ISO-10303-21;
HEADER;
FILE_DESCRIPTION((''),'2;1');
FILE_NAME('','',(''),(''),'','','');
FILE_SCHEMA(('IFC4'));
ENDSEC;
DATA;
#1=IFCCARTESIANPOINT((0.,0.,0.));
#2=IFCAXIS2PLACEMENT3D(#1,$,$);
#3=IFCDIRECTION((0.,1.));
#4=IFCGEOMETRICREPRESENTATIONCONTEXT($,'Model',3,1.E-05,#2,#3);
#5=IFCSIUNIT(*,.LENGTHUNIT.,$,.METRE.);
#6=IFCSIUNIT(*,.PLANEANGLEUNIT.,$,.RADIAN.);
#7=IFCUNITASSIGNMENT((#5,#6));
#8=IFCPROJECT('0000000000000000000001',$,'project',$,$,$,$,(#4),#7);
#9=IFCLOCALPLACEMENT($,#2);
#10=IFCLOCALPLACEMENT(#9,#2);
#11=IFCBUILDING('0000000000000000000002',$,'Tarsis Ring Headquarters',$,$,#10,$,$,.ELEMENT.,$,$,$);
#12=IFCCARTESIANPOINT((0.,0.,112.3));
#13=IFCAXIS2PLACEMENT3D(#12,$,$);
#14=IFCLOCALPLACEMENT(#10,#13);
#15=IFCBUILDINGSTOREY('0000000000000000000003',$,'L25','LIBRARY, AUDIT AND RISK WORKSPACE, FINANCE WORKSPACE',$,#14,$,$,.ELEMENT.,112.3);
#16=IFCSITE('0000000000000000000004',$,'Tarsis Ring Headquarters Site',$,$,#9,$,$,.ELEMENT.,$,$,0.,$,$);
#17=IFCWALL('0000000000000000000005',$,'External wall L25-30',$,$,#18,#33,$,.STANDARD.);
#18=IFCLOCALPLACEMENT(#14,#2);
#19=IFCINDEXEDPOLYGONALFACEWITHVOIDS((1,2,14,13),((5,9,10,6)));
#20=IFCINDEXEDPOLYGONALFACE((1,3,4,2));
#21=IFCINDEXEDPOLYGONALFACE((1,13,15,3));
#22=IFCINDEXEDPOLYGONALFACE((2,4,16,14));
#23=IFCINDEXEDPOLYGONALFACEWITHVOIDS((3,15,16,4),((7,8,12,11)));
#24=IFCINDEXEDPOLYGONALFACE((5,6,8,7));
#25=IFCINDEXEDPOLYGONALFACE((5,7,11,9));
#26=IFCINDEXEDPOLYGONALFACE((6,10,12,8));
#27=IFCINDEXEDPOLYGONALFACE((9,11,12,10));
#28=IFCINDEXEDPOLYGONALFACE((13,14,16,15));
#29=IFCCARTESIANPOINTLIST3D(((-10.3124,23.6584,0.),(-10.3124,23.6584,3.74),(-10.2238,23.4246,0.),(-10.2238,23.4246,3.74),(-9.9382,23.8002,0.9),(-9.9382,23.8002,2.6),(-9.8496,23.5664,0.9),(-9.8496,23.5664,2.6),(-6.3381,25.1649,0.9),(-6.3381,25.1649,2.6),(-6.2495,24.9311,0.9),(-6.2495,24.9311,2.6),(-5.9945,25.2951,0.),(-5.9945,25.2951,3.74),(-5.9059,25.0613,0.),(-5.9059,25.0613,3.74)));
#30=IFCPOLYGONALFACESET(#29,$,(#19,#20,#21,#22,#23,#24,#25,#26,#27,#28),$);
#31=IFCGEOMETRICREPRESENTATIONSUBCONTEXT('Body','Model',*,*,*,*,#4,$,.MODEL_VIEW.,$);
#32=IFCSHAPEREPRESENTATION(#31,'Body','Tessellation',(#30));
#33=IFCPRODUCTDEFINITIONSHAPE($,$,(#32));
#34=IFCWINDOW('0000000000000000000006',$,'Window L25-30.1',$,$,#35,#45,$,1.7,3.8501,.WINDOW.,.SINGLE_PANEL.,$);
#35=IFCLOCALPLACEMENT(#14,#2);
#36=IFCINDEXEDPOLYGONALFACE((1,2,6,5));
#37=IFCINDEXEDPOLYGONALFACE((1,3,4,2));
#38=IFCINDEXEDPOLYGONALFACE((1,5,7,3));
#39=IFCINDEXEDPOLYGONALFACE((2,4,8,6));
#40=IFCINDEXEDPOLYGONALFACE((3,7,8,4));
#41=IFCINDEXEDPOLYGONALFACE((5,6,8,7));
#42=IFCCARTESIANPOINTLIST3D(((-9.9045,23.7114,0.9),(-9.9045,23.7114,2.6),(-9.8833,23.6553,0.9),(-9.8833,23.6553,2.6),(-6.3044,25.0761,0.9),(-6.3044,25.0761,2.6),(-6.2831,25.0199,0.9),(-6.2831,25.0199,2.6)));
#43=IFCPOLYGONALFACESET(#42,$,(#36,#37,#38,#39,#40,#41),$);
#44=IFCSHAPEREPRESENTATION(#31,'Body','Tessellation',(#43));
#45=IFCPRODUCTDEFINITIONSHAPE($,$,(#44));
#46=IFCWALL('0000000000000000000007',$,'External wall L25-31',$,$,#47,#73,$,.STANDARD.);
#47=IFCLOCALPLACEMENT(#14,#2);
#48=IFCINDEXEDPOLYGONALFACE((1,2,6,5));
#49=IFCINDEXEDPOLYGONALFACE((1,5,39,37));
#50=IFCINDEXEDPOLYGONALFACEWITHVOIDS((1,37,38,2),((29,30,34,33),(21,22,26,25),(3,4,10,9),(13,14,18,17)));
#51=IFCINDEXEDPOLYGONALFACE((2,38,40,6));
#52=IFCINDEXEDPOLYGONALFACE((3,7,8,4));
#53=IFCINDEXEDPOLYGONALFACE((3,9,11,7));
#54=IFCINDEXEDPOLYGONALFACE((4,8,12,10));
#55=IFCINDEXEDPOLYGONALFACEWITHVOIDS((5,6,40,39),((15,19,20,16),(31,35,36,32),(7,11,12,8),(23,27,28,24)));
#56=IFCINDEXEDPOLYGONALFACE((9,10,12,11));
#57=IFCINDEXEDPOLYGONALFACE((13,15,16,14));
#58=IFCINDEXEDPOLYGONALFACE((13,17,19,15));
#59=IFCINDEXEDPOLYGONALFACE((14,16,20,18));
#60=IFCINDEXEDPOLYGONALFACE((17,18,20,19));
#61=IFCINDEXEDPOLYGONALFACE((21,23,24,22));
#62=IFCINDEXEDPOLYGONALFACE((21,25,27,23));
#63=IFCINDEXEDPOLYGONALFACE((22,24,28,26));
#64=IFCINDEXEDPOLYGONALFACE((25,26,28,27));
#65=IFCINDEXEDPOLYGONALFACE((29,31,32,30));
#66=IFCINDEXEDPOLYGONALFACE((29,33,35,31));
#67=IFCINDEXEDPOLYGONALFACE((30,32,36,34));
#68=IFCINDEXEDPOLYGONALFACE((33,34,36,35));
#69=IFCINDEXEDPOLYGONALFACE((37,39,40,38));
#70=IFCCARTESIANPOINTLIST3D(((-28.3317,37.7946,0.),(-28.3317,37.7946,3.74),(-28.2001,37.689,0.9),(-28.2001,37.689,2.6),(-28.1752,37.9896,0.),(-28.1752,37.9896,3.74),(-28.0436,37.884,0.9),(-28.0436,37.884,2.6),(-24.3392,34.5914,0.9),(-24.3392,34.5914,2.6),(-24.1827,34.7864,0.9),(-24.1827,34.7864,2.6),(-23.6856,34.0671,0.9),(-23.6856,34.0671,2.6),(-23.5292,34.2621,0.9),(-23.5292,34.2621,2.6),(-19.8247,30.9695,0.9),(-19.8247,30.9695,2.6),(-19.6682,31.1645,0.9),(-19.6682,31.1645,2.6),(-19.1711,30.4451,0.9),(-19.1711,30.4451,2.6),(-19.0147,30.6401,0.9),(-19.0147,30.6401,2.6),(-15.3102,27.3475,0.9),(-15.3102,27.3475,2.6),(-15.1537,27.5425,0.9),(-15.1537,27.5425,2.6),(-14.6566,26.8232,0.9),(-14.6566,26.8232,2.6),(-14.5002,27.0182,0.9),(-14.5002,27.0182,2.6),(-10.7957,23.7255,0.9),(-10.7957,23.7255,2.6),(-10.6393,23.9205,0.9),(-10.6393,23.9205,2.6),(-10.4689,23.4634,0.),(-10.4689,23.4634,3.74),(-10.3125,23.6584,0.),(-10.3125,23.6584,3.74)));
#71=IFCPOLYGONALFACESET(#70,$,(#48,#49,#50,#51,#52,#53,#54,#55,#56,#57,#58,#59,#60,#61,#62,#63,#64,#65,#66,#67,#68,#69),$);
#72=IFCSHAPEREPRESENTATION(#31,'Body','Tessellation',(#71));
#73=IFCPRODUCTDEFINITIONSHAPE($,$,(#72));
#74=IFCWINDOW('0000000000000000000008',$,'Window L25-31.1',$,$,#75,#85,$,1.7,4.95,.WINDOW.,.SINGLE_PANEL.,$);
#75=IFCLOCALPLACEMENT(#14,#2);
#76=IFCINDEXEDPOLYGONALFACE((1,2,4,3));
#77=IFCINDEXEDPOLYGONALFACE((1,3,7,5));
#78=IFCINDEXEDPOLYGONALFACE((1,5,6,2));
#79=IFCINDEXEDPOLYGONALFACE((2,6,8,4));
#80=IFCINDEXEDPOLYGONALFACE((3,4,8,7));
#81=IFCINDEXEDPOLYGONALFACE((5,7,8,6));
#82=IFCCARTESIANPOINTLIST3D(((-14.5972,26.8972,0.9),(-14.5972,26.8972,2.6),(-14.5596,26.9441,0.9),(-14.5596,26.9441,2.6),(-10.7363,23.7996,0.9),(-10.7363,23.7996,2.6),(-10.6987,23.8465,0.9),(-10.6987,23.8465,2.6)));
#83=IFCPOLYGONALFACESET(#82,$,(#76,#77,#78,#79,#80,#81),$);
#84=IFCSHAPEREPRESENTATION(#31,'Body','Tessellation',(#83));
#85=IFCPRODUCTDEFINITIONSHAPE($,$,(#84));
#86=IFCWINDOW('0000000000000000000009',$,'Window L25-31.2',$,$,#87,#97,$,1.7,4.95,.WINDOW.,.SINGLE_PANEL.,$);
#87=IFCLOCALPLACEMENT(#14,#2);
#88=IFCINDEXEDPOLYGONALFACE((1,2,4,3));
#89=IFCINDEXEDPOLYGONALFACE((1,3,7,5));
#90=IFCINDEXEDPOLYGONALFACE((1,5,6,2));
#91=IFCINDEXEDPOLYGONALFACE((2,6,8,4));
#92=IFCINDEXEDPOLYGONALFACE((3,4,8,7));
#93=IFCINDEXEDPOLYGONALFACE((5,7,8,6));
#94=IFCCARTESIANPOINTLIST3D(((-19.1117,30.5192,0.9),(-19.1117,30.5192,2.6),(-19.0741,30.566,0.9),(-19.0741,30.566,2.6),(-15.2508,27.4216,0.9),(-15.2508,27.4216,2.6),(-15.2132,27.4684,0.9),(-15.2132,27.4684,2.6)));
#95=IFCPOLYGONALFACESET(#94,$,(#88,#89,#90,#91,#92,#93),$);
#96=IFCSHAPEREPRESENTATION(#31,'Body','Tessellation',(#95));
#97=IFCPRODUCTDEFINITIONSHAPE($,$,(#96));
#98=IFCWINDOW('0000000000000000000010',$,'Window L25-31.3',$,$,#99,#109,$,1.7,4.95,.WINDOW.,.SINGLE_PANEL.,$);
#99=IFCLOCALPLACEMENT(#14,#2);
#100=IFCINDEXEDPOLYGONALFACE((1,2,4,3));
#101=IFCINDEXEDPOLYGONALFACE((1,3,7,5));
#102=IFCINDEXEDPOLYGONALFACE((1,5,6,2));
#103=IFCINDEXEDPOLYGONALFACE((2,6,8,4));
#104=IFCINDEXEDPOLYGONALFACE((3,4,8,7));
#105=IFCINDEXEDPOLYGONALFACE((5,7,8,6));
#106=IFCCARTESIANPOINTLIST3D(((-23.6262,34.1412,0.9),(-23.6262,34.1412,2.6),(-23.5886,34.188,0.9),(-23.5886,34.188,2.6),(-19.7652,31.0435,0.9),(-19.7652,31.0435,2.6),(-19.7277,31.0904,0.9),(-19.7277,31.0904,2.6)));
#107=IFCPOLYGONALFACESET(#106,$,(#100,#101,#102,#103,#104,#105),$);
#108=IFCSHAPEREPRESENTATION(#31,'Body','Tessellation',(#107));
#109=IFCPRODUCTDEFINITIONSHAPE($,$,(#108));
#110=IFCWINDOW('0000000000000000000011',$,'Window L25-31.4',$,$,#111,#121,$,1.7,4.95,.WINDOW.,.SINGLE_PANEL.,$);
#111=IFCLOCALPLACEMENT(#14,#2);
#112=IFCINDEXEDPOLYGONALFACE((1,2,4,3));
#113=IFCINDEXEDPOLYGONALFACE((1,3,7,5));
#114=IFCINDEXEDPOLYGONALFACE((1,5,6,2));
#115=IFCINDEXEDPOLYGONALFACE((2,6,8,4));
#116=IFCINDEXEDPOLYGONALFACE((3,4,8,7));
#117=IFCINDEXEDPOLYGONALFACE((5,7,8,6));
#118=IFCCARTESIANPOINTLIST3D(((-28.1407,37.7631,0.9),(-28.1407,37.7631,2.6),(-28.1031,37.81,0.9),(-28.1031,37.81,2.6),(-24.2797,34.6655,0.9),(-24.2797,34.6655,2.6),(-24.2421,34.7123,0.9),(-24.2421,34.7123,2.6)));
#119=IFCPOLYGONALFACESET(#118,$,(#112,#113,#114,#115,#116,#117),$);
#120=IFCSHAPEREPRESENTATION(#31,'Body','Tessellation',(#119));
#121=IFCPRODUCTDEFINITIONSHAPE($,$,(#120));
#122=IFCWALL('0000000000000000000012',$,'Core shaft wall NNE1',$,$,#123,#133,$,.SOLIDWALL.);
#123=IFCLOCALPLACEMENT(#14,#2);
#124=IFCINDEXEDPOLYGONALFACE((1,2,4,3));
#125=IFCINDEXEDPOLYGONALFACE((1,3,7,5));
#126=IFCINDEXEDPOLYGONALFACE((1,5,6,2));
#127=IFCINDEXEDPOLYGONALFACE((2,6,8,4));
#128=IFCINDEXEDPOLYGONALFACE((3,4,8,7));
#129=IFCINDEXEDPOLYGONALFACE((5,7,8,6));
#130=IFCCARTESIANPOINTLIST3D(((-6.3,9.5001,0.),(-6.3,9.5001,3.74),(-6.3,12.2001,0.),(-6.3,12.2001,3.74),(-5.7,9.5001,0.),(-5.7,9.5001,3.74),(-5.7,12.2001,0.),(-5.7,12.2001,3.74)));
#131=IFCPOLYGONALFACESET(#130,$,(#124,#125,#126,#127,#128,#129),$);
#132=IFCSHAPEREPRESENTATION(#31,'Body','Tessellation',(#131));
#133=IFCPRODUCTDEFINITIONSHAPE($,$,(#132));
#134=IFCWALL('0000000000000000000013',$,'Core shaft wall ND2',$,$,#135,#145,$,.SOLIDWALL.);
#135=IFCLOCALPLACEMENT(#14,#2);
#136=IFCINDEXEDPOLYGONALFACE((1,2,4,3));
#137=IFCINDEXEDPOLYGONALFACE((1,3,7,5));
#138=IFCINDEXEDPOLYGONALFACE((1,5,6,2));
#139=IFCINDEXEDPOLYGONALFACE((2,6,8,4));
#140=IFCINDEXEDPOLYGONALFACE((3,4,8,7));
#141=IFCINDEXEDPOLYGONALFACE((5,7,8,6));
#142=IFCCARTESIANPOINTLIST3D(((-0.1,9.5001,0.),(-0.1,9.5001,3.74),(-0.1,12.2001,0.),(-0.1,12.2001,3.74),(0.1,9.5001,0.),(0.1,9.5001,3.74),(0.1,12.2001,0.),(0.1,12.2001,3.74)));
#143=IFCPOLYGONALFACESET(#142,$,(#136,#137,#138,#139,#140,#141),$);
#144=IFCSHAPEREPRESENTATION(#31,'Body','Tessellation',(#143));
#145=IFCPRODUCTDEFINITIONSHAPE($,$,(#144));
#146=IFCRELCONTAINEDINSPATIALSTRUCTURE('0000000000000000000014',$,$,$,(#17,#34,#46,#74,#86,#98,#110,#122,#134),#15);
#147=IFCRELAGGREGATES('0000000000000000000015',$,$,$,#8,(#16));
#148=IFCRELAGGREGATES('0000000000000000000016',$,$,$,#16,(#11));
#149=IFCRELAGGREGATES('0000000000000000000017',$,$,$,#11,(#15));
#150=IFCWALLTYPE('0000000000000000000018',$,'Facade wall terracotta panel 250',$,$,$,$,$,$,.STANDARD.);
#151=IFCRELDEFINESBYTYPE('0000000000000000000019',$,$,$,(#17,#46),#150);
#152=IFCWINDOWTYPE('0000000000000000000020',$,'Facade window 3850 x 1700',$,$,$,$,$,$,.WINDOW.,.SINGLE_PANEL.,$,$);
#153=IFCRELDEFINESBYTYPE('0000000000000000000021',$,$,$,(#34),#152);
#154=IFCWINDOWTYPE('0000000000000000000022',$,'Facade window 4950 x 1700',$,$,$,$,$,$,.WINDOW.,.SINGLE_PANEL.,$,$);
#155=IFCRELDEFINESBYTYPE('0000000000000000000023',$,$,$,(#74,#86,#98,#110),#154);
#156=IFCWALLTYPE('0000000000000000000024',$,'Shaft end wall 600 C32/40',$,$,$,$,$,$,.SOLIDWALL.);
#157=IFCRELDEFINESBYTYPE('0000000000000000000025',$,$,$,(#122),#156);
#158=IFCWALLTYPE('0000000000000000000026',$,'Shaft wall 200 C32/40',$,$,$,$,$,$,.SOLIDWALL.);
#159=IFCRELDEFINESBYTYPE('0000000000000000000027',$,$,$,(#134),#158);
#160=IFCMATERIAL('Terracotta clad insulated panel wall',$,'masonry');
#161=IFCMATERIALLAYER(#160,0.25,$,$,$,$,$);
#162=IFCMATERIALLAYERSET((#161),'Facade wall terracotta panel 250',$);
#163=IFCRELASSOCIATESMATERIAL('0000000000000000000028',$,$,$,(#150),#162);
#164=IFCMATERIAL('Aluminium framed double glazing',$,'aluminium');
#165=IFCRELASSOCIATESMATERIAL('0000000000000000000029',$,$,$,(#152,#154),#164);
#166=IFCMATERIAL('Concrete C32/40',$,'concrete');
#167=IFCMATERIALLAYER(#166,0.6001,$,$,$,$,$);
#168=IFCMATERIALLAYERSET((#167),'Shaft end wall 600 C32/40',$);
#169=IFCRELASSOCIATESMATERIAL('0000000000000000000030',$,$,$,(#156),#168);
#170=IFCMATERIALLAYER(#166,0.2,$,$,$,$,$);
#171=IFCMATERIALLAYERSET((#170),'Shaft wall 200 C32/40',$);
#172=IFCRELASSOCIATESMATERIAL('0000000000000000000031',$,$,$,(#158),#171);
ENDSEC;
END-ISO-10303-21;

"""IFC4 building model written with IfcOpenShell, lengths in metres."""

from ifc_helpers import new_model, si_unit, direction, frame, frame_2d, origin, place, context, subcontext, project, spatial, rectangle, extrude, material, layer, layer_set, type_object, element, fill, save


model = new_model("IFC4")

# Units and contexts
model_context = context("Model", 3, precision=1e-05, world=origin(), true_north=direction((0.0, 1.0)))
body_context = subcontext(model_context, "Body", "Model", "MODEL_VIEW")
ifc_project = project(units=[si_unit("LENGTHUNIT", "METRE"), si_unit("PLANEANGLEUNIT", "RADIAN")], contexts=[model_context])

# Site, building, storey
site_placement = place(None, origin())
site = spatial("IfcSite", under=ifc_project, at=site_placement, Name="Tarsis Ring Headquarters Site", CompositionType="ELEMENT", RefElevation=0.0)
building_placement = place(site_placement, origin())
building = spatial("IfcBuilding", under=site, at=building_placement, Name="Tarsis Ring Headquarters", CompositionType="ELEMENT")
storey_placement = place(building_placement, frame((0.0, 0.0, 112.3)))
storey = spatial("IfcBuildingStorey", under=building, at=storey_placement, Name="L25", Description="LIBRARY, AUDIT AND RISK WORKSPACE, FINANCE WORKSPACE", CompositionType="ELEMENT", Elevation=112.3)

# Wall, opening, window
ifc_material_1 = material(Name="Terracotta clad insulated panel wall", Category="masonry")
ifc_layer_1 = layer(ifc_material_1, 0.25)
ifc_layer_set_1 = layer_set([ifc_layer_1], Name="Facade wall terracotta panel 250")
wall_type_1 = type_object("IfcWallType", Name="Facade wall terracotta panel 250", PredefinedType="STANDARD", material=ifc_layer_set_1)
ifc_material_2 = material(Name="Aluminium framed double glazing", Category="aluminium")
wall_1_placement = place(storey_placement, frame((-5.9502, 25.1782, 0.0), z_axis=(0.0, 0.0, 1.0), x_axis=(-0.935076, -0.354447, 0.0)))
wall_1 = element("IfcWall", 1, at=wall_1_placement, inside=storey, type_object=wall_type_1, Name="External wall L25-30", PredefinedType="STANDARD", context=body_context, shape_type="SweptSolid", body=[
    extrude(rectangle(XDim=4.6177, YDim=0.25, at=frame_2d((2.3088, 0.0))), origin(), (0.0, 0.0, 1.0), 3.74),
])
opening_1_placement = place(wall_1_placement, frame((0.3674, 0.0, 0.8999)))
opening_1 = element("IfcOpeningElement", 2, at=opening_1_placement, cuts=wall_1, PredefinedType="OPENING", context=body_context, shape_type="SweptSolid", body=[
    extrude(rectangle(XDim=3.8501, YDim=1.7, at=frame_2d((1.925, 0.8501))), frame((0.0, 0.135, 0.0), z_axis=(0.0, -1.0, 0.0), x_axis=(1.0, 0.0, 0.0)), (0.0, 0.0, 1.0), 0.27),
])
window_type_1 = type_object("IfcWindowType", Name="Facade window 3850 x 1700", PartitioningType="SINGLE_PANEL", PredefinedType="WINDOW", material=ifc_material_2)
window_1_placement = place(opening_1_placement, origin())
window_1 = element("IfcWindow", 3, at=window_1_placement, inside=storey, type_object=window_type_1, Name="Window L25-30.1", OverallHeight=1.7, OverallWidth=3.8501, PartitioningType="SINGLE_PANEL", PredefinedType="WINDOW", context=body_context, shape_type="SweptSolid", body=[
    extrude(rectangle(XDim=3.8501, YDim=1.7, at=frame_2d((1.925, 0.8501))), frame((0.0, 0.03, 0.0), z_axis=(0.0, -1.0, 0.0), x_axis=(1.0, 0.0, 0.0)), (0.0, 0.0, 1.0), 0.0601),
])
fill(opening_1, window_1)

# Wall, openings, windows
wall_2_placement = place(storey_placement, frame((-10.3906, 23.5608, 0.0), z_axis=(0.0, 0.0, 1.0), x_axis=(-0.779993, 0.625788, 0.0)))
wall_2 = element("IfcWall", 4, at=wall_2_placement, inside=storey, type_object=wall_type_1, Name="External wall L25-31", PredefinedType="STANDARD", context=body_context, shape_type="SweptSolid", body=[
    extrude(rectangle(XDim=22.9011, YDim=0.25, at=frame_2d((11.4507, 0.0))), origin(), (0.0, 0.0, 1.0), 3.74),
])
opening_2_placement = place(wall_2_placement, frame((0.4189, 0.0, 0.8999)))
opening_2 = element("IfcOpeningElement", 5, at=opening_2_placement, cuts=wall_2, PredefinedType="OPENING", context=body_context, shape_type="SweptSolid", body=[
    extrude(rectangle(XDim=4.95, YDim=1.7, at=frame_2d((2.4751, 0.8501))), frame((0.0, 0.135, 0.0), z_axis=(0.0, -1.0, 0.0), x_axis=(1.0, 0.0, 0.0)), (0.0, 0.0, 1.0), 0.27),
])
opening_3_placement = place(wall_2_placement, frame((6.2068, 0.0, 0.8999)))
opening_3 = element("IfcOpeningElement", 6, at=opening_3_placement, cuts=wall_2, PredefinedType="OPENING", context=body_context, shape_type="SweptSolid", body=[
    extrude(rectangle(XDim=4.95, YDim=1.7, at=frame_2d((2.4751, 0.8501))), frame((0.0, 0.135, 0.0), z_axis=(0.0, -1.0, 0.0), x_axis=(1.0, 0.0, 0.0)), (0.0, 0.0, 1.0), 0.27),
])
opening_4_placement = place(wall_2_placement, frame((11.9946, 0.0, 0.8999)))
opening_4 = element("IfcOpeningElement", 7, at=opening_4_placement, cuts=wall_2, PredefinedType="OPENING", context=body_context, shape_type="SweptSolid", body=[
    extrude(rectangle(XDim=4.95, YDim=1.7, at=frame_2d((2.4751, 0.8501))), frame((0.0, 0.135, 0.0), z_axis=(0.0, -1.0, 0.0), x_axis=(1.0, 0.0, 0.0)), (0.0, 0.0, 1.0), 0.27),
])
opening_5_placement = place(wall_2_placement, frame((17.7825, 0.0, 0.8999)))
opening_5 = element("IfcOpeningElement", 8, at=opening_5_placement, cuts=wall_2, PredefinedType="OPENING", context=body_context, shape_type="SweptSolid", body=[
    extrude(rectangle(XDim=4.95, YDim=1.7, at=frame_2d((2.4751, 0.8501))), frame((0.0, 0.135, 0.0), z_axis=(0.0, -1.0, 0.0), x_axis=(1.0, 0.0, 0.0)), (0.0, 0.0, 1.0), 0.27),
])
window_type_2 = type_object("IfcWindowType", Name="Facade window 4950 x 1700", PartitioningType="SINGLE_PANEL", PredefinedType="WINDOW", material=ifc_material_2)
window_2_placement = place(opening_2_placement, origin())
window_2 = element("IfcWindow", 9, at=window_2_placement, inside=storey, type_object=window_type_2, Name="Window L25-31.1", OverallHeight=1.7, OverallWidth=4.95, PartitioningType="SINGLE_PANEL", PredefinedType="WINDOW", context=body_context, shape_type="SweptSolid", body=[
    extrude(rectangle(XDim=4.95, YDim=1.7, at=frame_2d((2.4751, 0.8501))), frame((0.0, 0.03, 0.0), z_axis=(0.0, -1.0, 0.0), x_axis=(1.0, 0.0, 0.0)), (0.0, 0.0, 1.0), 0.0601),
])
fill(opening_2, window_2)
window_3_placement = place(opening_3_placement, origin())
window_3 = element("IfcWindow", 10, at=window_3_placement, inside=storey, type_object=window_type_2, Name="Window L25-31.2", OverallHeight=1.7, OverallWidth=4.95, PartitioningType="SINGLE_PANEL", PredefinedType="WINDOW", context=body_context, shape_type="SweptSolid", body=[
    extrude(rectangle(XDim=4.95, YDim=1.7, at=frame_2d((2.4751, 0.8501))), frame((0.0, 0.03, 0.0), z_axis=(0.0, -1.0, 0.0), x_axis=(1.0, 0.0, 0.0)), (0.0, 0.0, 1.0), 0.0601),
])
fill(opening_3, window_3)
window_4_placement = place(opening_4_placement, origin())
window_4 = element("IfcWindow", 11, at=window_4_placement, inside=storey, type_object=window_type_2, Name="Window L25-31.3", OverallHeight=1.7, OverallWidth=4.95, PartitioningType="SINGLE_PANEL", PredefinedType="WINDOW", context=body_context, shape_type="SweptSolid", body=[
    extrude(rectangle(XDim=4.95, YDim=1.7, at=frame_2d((2.4751, 0.8501))), frame((0.0, 0.03, 0.0), z_axis=(0.0, -1.0, 0.0), x_axis=(1.0, 0.0, 0.0)), (0.0, 0.0, 1.0), 0.0601),
])
fill(opening_4, window_4)
window_5_placement = place(opening_5_placement, origin())
window_5 = element("IfcWindow", 12, at=window_5_placement, inside=storey, type_object=window_type_2, Name="Window L25-31.4", OverallHeight=1.7, OverallWidth=4.95, PartitioningType="SINGLE_PANEL", PredefinedType="WINDOW", context=body_context, shape_type="SweptSolid", body=[
    extrude(rectangle(XDim=4.95, YDim=1.7, at=frame_2d((2.4751, 0.8501))), frame((0.0, 0.03, 0.0), z_axis=(0.0, -1.0, 0.0), x_axis=(1.0, 0.0, 0.0)), (0.0, 0.0, 1.0), 0.0601),
])
fill(opening_5, window_5)

# Walls
ifc_material_3 = material(Name="Concrete C32/40", Category="concrete")
ifc_layer_2 = layer(ifc_material_3, 0.6001)
ifc_layer_set_2 = layer_set([ifc_layer_2], Name="Shaft end wall 600 C32/40")
wall_type_2 = type_object("IfcWallType", Name="Shaft end wall 600 C32/40", PredefinedType="SOLIDWALL", material=ifc_layer_set_2)
wall_3_placement = place(storey_placement, frame((-6.0, 9.5, 0.0), z_axis=(0.0, 0.0, 1.0), x_axis=(0.0, 1.0, 0.0)))
element("IfcWall", 13, at=wall_3_placement, inside=storey, type_object=wall_type_2, Name="Core shaft wall NNE1", PredefinedType="SOLIDWALL", context=body_context, shape_type="SweptSolid", body=[
    extrude(rectangle(XDim=2.7, YDim=0.6001, at=frame_2d((1.3501, 0.0))), origin(), (0.0, 0.0, 1.0), 3.74),
])
ifc_layer_3 = layer(ifc_material_3, 0.2)
ifc_layer_set_3 = layer_set([ifc_layer_3], Name="Shaft wall 200 C32/40")
wall_type_3 = type_object("IfcWallType", Name="Shaft wall 200 C32/40", PredefinedType="SOLIDWALL", material=ifc_layer_set_3)
wall_4_placement = place(storey_placement, frame((0.0, 9.5, 0.0), z_axis=(0.0, 0.0, 1.0), x_axis=(0.0, 1.0, 0.0)))
element("IfcWall", 14, at=wall_4_placement, inside=storey, type_object=wall_type_3, Name="Core shaft wall ND2", PredefinedType="SOLIDWALL", context=body_context, shape_type="SweptSolid", body=[
    extrude(rectangle(XDim=2.7, YDim=0.2, at=frame_2d((1.3501, 0.0))), origin(), (0.0, 0.0, 1.0), 3.74),
])

save(model, "model.ifc")
